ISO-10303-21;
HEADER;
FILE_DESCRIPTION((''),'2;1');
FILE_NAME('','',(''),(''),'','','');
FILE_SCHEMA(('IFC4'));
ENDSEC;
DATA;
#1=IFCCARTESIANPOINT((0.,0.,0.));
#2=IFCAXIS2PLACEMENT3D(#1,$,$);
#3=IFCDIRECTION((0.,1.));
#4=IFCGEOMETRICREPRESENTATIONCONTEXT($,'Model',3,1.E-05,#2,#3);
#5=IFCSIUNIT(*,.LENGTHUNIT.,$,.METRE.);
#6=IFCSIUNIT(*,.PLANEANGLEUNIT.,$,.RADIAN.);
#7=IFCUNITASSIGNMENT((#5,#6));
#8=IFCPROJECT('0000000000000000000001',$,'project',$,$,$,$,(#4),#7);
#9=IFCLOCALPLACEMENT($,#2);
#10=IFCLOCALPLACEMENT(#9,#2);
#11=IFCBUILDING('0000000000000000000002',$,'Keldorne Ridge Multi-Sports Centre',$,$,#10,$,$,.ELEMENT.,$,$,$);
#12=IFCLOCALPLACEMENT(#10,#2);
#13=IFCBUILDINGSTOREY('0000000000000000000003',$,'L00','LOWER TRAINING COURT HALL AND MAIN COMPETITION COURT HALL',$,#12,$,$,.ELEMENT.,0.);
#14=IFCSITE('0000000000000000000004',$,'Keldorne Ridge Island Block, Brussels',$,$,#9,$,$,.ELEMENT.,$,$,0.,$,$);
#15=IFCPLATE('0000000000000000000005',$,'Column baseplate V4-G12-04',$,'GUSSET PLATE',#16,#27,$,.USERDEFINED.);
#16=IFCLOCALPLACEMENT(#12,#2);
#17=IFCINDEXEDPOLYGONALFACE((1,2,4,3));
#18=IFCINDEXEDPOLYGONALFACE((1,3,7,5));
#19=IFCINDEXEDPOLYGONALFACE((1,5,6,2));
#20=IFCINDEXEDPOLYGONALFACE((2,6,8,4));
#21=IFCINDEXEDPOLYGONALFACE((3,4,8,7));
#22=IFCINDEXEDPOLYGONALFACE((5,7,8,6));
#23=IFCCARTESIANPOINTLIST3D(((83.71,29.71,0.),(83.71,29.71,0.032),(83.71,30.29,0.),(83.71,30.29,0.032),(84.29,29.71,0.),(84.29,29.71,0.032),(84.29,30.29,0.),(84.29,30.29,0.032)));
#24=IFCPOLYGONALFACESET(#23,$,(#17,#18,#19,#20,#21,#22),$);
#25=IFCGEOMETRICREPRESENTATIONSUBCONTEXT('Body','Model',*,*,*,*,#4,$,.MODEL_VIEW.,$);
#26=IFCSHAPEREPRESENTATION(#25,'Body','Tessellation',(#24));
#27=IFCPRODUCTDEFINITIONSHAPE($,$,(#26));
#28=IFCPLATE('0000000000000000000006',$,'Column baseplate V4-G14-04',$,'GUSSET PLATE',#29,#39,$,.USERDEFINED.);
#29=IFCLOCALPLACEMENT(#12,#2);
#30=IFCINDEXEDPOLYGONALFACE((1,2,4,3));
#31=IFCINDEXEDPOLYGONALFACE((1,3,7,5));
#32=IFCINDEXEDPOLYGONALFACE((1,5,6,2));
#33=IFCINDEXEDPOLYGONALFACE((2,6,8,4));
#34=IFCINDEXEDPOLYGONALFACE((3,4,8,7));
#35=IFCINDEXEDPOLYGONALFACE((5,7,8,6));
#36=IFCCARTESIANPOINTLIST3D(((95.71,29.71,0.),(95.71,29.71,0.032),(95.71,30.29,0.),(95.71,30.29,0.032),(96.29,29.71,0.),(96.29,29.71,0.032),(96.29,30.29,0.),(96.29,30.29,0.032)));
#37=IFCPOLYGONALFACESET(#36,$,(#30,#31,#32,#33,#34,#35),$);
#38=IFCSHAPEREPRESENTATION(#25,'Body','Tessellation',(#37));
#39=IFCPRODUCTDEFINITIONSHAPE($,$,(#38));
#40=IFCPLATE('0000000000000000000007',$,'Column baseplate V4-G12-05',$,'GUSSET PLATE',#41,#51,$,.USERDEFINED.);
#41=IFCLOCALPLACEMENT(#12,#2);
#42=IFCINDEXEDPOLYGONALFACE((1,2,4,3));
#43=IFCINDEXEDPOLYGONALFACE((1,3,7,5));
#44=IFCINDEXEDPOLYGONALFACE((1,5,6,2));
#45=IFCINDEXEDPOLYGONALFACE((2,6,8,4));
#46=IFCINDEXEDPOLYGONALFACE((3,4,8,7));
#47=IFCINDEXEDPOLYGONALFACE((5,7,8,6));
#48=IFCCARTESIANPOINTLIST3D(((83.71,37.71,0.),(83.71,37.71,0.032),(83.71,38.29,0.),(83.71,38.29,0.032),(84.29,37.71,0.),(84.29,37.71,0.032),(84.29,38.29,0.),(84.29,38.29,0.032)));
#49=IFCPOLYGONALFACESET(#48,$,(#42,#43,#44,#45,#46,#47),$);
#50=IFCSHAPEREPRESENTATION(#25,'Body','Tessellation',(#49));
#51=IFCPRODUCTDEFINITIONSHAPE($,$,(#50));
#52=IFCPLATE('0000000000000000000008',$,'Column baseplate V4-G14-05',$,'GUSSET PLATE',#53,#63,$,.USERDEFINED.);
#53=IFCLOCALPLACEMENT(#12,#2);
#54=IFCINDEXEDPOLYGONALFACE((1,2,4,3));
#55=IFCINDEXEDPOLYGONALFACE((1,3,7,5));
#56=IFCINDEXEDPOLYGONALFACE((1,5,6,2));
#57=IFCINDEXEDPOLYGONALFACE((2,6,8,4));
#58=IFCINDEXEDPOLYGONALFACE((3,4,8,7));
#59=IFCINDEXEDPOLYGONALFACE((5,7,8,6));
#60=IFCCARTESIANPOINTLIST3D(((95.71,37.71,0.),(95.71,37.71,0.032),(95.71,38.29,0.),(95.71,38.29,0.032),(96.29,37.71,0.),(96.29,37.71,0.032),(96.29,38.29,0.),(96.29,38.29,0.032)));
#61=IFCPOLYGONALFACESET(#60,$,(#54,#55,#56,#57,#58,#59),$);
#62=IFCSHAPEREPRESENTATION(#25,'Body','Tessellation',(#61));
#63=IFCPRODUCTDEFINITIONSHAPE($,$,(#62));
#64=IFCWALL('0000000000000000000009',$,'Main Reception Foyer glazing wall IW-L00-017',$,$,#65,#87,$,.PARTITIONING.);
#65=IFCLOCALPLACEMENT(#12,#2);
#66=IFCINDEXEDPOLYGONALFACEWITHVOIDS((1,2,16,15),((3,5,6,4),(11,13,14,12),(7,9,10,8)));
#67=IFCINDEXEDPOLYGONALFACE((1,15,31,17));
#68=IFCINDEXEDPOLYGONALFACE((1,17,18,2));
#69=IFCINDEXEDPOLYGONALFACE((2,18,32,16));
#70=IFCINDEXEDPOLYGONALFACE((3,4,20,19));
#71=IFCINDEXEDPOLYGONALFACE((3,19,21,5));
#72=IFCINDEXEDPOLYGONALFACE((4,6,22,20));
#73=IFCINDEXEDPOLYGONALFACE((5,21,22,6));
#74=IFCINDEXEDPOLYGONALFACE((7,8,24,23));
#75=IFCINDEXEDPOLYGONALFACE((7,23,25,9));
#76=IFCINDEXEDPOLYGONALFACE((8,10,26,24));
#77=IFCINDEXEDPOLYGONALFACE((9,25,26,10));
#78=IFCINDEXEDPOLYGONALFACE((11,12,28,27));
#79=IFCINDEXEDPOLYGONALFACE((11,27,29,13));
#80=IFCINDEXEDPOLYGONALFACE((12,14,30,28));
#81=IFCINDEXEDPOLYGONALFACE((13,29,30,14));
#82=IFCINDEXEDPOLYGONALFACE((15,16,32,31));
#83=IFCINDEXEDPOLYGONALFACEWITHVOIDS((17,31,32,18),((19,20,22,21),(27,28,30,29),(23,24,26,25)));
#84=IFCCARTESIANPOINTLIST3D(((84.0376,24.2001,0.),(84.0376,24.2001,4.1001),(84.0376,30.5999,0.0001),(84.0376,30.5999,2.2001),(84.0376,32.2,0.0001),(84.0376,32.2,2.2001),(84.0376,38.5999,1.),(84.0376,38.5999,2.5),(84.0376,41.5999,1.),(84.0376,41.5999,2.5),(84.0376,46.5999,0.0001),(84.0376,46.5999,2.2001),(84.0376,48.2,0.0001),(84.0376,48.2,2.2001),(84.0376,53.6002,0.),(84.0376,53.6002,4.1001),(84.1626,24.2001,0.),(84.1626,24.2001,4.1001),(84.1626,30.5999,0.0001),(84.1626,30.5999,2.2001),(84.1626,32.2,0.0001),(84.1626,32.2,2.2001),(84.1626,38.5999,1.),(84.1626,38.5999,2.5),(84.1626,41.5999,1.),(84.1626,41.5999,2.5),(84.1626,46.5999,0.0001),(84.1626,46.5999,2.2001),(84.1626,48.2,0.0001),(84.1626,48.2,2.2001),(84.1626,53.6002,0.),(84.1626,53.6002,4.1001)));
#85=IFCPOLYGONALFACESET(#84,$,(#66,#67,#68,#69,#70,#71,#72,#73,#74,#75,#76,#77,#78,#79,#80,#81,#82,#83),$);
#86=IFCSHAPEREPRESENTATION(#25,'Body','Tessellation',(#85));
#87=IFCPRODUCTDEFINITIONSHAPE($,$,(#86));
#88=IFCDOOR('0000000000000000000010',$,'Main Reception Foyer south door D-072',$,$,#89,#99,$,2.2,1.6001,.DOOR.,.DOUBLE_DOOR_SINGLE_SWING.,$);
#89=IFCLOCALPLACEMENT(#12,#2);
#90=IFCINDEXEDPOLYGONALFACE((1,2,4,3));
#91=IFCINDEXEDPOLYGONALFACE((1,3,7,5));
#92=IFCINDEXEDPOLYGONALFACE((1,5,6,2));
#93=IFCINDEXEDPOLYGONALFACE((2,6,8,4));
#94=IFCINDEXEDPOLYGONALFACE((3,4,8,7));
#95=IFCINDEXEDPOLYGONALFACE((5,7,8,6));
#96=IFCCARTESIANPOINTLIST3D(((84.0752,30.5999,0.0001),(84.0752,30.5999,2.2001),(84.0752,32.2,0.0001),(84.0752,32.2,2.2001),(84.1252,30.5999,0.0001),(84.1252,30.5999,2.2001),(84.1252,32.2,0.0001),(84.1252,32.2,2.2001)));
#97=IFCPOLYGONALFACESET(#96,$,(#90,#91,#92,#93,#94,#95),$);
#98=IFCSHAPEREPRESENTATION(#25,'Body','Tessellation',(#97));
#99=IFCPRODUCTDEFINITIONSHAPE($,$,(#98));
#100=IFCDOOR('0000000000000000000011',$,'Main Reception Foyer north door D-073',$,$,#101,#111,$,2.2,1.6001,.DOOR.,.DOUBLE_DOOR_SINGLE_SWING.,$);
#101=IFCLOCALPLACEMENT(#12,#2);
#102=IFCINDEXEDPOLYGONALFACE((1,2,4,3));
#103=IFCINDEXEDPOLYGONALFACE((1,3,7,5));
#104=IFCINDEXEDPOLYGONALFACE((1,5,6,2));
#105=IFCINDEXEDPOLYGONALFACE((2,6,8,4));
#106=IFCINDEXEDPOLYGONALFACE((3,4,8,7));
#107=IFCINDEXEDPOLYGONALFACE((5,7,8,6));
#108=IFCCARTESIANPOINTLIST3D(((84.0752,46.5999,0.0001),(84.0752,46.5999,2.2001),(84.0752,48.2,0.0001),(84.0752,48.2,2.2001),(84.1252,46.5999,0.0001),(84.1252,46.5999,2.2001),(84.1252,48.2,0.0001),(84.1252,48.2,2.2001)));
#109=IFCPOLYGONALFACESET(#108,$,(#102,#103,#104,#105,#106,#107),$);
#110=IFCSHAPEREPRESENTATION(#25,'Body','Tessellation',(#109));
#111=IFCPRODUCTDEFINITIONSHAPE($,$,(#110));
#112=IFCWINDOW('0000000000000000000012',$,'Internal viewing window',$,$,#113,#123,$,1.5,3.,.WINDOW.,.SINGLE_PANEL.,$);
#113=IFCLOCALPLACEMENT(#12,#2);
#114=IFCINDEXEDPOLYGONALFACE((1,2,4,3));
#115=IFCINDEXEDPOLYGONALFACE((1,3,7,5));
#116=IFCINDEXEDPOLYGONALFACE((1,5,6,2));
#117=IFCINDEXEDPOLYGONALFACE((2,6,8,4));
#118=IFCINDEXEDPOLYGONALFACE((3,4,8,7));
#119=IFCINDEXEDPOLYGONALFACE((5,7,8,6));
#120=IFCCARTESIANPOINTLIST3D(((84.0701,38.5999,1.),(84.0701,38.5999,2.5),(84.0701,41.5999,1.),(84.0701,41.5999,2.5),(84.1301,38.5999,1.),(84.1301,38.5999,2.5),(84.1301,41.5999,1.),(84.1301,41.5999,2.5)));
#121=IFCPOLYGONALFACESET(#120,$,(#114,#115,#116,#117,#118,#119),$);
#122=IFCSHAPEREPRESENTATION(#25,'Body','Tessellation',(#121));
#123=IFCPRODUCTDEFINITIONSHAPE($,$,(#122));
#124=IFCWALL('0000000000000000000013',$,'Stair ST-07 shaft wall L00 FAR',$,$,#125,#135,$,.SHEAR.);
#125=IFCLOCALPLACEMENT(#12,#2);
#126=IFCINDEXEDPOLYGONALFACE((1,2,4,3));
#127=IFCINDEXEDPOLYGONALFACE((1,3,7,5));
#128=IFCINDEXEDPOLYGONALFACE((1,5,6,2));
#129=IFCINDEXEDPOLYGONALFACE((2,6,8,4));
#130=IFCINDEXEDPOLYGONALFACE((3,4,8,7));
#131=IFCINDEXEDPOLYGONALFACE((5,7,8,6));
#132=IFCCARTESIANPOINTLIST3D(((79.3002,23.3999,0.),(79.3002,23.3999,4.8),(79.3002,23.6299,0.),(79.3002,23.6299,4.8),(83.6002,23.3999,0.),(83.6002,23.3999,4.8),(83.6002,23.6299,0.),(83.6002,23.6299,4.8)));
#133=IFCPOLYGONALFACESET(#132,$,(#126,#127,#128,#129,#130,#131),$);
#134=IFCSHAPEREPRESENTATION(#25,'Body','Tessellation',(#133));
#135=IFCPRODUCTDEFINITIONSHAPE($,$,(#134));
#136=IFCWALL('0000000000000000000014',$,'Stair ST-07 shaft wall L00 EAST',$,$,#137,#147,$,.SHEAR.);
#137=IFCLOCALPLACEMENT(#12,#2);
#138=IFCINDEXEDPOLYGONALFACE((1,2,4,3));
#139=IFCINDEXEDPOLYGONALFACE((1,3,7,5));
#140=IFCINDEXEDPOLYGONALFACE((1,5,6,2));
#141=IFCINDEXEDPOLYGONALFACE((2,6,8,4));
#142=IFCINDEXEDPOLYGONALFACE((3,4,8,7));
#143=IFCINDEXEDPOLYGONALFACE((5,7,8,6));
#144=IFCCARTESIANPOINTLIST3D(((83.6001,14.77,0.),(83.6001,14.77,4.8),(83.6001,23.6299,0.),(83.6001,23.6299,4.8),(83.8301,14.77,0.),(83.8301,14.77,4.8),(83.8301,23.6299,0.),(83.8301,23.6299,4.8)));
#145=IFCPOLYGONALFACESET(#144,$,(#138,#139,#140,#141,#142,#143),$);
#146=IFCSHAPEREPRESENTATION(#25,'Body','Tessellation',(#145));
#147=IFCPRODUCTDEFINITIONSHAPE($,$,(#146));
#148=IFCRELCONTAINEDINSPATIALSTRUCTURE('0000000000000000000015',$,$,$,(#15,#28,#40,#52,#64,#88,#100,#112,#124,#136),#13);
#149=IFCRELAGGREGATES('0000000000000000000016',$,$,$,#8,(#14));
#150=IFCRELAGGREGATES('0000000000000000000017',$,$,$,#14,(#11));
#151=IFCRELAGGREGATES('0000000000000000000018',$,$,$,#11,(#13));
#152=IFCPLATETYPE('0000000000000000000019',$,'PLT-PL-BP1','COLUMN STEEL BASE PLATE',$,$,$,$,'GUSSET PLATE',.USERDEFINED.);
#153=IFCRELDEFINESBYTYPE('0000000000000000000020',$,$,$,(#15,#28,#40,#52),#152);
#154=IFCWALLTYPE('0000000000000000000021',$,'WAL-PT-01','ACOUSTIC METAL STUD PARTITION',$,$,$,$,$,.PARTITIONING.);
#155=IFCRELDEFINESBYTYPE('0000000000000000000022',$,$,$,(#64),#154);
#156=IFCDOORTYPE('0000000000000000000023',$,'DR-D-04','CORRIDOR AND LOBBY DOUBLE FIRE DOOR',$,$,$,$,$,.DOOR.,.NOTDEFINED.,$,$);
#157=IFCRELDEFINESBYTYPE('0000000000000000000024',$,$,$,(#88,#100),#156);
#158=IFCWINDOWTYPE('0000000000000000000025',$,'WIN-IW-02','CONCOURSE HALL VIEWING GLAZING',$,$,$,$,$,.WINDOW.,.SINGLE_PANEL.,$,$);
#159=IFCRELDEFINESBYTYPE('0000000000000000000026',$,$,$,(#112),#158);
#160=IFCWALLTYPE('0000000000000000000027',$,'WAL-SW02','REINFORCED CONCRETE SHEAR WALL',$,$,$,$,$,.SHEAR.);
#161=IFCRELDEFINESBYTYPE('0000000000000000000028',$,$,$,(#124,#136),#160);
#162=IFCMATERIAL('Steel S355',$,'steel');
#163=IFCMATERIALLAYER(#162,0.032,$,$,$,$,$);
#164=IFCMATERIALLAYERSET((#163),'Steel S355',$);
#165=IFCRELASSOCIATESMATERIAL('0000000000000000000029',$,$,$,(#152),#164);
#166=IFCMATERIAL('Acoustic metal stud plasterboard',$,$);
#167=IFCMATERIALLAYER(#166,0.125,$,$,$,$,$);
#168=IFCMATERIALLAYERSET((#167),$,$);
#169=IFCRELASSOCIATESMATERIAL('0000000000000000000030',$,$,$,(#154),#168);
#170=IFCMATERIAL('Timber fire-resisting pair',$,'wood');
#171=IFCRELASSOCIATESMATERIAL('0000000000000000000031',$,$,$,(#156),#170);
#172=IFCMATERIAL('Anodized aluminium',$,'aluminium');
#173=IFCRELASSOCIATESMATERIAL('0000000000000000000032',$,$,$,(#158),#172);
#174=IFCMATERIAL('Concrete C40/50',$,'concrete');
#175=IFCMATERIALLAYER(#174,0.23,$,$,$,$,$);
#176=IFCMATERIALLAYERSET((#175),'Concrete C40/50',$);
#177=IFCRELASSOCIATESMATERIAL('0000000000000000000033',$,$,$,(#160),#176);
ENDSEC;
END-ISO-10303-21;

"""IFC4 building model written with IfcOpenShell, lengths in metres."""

from ifc_helpers import new_model, si_unit, direction, frame, frame_2d, origin, origin_2d, place, context, subcontext, project, spatial, rectangle, extrude, material, layer, layer_set, type_object, element, fill, save


model = new_model("IFC4")

# Units and contexts
model_context = context("Model", 3, precision=1e-05, world=origin(), true_north=direction((0.0, 1.0)))
body_context = subcontext(model_context, "Body", "Model", "MODEL_VIEW")
ifc_project = project(units=[si_unit("LENGTHUNIT", "METRE"), si_unit("PLANEANGLEUNIT", "RADIAN")], contexts=[model_context])

# Site, building, storey
site_placement = place(None, origin())
site = spatial("IfcSite", under=ifc_project, at=site_placement, Name="Keldorne Ridge Island Block, Brussels", CompositionType="ELEMENT", RefElevation=0.0)
building_placement = place(site_placement, origin())
building = spatial("IfcBuilding", under=site, at=building_placement, Name="Keldorne Ridge Multi-Sports Centre", CompositionType="ELEMENT")
storey_placement = place(building_placement, origin())
storey = spatial("IfcBuildingStorey", under=building, at=storey_placement, Name="L00", Description="LOWER TRAINING COURT HALL AND MAIN COMPETITION COURT HALL", CompositionType="ELEMENT", Elevation=0.0)

# Shared definitions
ifc_material_1 = material(Name="Steel S355", Category="steel")

# Plates
ifc_layer_1 = layer(ifc_material_1, 0.032)
ifc_layer_set_1 = layer_set([ifc_layer_1], Name="Steel S355")
plate_type = type_object("IfcPlateType", Name="PLT-PL-BP1", Description="COLUMN STEEL BASE PLATE", ElementType="GUSSET PLATE", PredefinedType="USERDEFINED", material=ifc_layer_set_1)
for number, where, z_axis, x_axis, name in (
    (1, (84.0, 30.0, 0.0), (0.0, 0.0, 1.0), (1.0, 0.0, 0.0), "Column baseplate V4-G12-04"),
    (2, (96.0, 30.0, 0.0), (0.0, 0.0, 1.0), (1.0, 0.0, 0.0), "Column baseplate V4-G14-04"),
    (3, (84.0, 38.0, 0.0), (0.0, 0.0, 1.0), (1.0, 0.0, 0.0), "Column baseplate V4-G12-05"),
    (4, (96.0, 38.0, 0.0), (0.0, 0.0, 1.0), (1.0, 0.0, 0.0), "Column baseplate V4-G14-05"),
):
    element("IfcPlate", number, at=place(storey_placement, frame(where, z_axis=z_axis, x_axis=x_axis)), inside=storey, type_object=plate_type, Name=name, ObjectType="GUSSET PLATE", PredefinedType="USERDEFINED", context=body_context, shape_type="SweptSolid", body=[
        extrude(rectangle(XDim=0.5801, YDim=0.5801, at=origin_2d()), origin(), (0.0, 0.0, 1.0), 0.032),
    ])

# Wall, openings, doors, window
ifc_material_2 = material(Name="Acoustic metal stud plasterboard")
ifc_layer_2 = layer(ifc_material_2, 0.125)
ifc_layer_set_2 = layer_set([ifc_layer_2])
wall_type_1 = type_object("IfcWallType", Name="WAL-PT-01", Description="ACOUSTIC METAL STUD PARTITION", PredefinedType="PARTITIONING", material=ifc_layer_set_2)
wall_1_placement = place(storey_placement, frame((84.1001, 24.2, 0.0), z_axis=(0.0, 0.0, 1.0), x_axis=(0.0, 1.0, 0.0)))
wall_1 = element("IfcWall", 5, at=wall_1_placement, inside=storey, type_object=wall_type_1, Name="Main Reception Foyer glazing wall IW-L00-017", PredefinedType="PARTITIONING", context=body_context, shape_type="SweptSolid", body=[
    extrude(rectangle(XDim=29.4001, YDim=0.125, at=frame_2d((14.7002, 0.0))), origin(), (0.0, 0.0, 1.0), 4.1001),
])
opening_1_placement = place(wall_1_placement, frame((6.3999, 0.0, 0.0)))
opening_1 = element("IfcOpeningElement", 6, at=opening_1_placement, cuts=wall_1, PredefinedType="OPENING", context=body_context, shape_type="SweptSolid", body=[
    extrude(rectangle(XDim=1.6001, YDim=2.2, at=frame_2d((0.8, 1.1001))), frame((0.0, 0.0725, 0.0), z_axis=(0.0, -1.0, 0.0), x_axis=(1.0, 0.0, 0.0)), (0.0, 0.0, 1.0), 0.145),
])
opening_2_placement = place(wall_1_placement, frame((22.3999, 0.0, 0.0)))
opening_2 = element("IfcOpeningElement", 7, at=opening_2_placement, cuts=wall_1, PredefinedType="OPENING", context=body_context, shape_type="SweptSolid", body=[
    extrude(rectangle(XDim=1.6001, YDim=2.2, at=frame_2d((0.8, 1.1001))), frame((0.0, 0.0725, 0.0), z_axis=(0.0, -1.0, 0.0), x_axis=(1.0, 0.0, 0.0)), (0.0, 0.0, 1.0), 0.145),
])
opening_3_placement = place(wall_1_placement, frame((14.3999, 0.0, 1.0)))
opening_3 = element("IfcOpeningElement", 8, at=opening_3_placement, cuts=wall_1, PredefinedType="OPENING", context=body_context, shape_type="SweptSolid", body=[
    extrude(rectangle(XDim=3.0, YDim=1.5, at=frame_2d((1.5, 0.75))), frame((0.0, 0.0725, 0.0), z_axis=(0.0, -1.0, 0.0), x_axis=(1.0, 0.0, 0.0)), (0.0, 0.0, 1.0), 0.145),
])
ifc_material_3 = material(Name="Timber fire-resisting pair", Category="wood")
door_type = type_object("IfcDoorType", Name="DR-D-04", Description="CORRIDOR AND LOBBY DOUBLE FIRE DOOR", OperationType="NOTDEFINED", PredefinedType="DOOR", material=ifc_material_3)
door_1_placement = place(opening_1_placement, origin())
door_1 = element("IfcDoor", 9, at=door_1_placement, inside=storey, type_object=door_type, Name="Main Reception Foyer south door D-072", OperationType="DOUBLE_DOOR_SINGLE_SWING", OverallHeight=2.2, OverallWidth=1.6001, PredefinedType="DOOR", context=body_context, shape_type="SweptSolid", body=[
    extrude(rectangle(XDim=1.6001, YDim=2.2, at=frame_2d((0.8, 1.1001))), frame((0.0, 0.0249, 0.0), z_axis=(0.0, -1.0, 0.0), x_axis=(1.0, 0.0, 0.0)), (0.0, 0.0, 1.0), 0.05),
])
fill(opening_1, door_1)
door_2_placement = place(opening_2_placement, origin())
door_2 = element("IfcDoor", 10, at=door_2_placement, inside=storey, type_object=door_type, Name="Main Reception Foyer north door D-073", OperationType="DOUBLE_DOOR_SINGLE_SWING", OverallHeight=2.2, OverallWidth=1.6001, PredefinedType="DOOR", context=body_context, shape_type="SweptSolid", body=[
    extrude(rectangle(XDim=1.6001, YDim=2.2, at=frame_2d((0.8, 1.1001))), frame((0.0, 0.0249, 0.0), z_axis=(0.0, -1.0, 0.0), x_axis=(1.0, 0.0, 0.0)), (0.0, 0.0, 1.0), 0.05),
])
fill(opening_2, door_2)
ifc_material_4 = material(Name="Anodized aluminium", Category="aluminium")
window_type = type_object("IfcWindowType", Name="WIN-IW-02", Description="CONCOURSE HALL VIEWING GLAZING", PartitioningType="SINGLE_PANEL", PredefinedType="WINDOW", material=ifc_material_4)
window_placement = place(opening_3_placement, origin())
window = element("IfcWindow", 11, at=window_placement, inside=storey, type_object=window_type, Name="Internal viewing window", OverallHeight=1.5, OverallWidth=3.0, PartitioningType="SINGLE_PANEL", PredefinedType="WINDOW", context=body_context, shape_type="SweptSolid", body=[
    extrude(rectangle(XDim=3.0, YDim=1.5, at=frame_2d((1.5, 0.75))), frame((0.0, 0.03, 0.0), z_axis=(0.0, -1.0, 0.0), x_axis=(1.0, 0.0, 0.0)), (0.0, 0.0, 1.0), 0.0601),
])
fill(opening_3, window)

# Walls
ifc_material_5 = material(Name="Concrete C40/50", Category="concrete")
ifc_layer_3 = layer(ifc_material_5, 0.23)
ifc_layer_set_3 = layer_set([ifc_layer_3], Name="Concrete C40/50")
wall_type_2 = type_object("IfcWallType", Name="WAL-SW02", Description="REINFORCED CONCRETE SHEAR WALL", PredefinedType="SHEAR", material=ifc_layer_set_3)
wall_2_placement = place(storey_placement, frame((83.6001, 23.5149, 0.0), z_axis=(0.0, 0.0, 1.0), x_axis=(-1.0, 0.0, 0.0)))
element("IfcWall", 12, at=wall_2_placement, inside=storey, type_object=wall_type_2, Name="Stair ST-07 shaft wall L00 FAR", PredefinedType="SHEAR", context=body_context, shape_type="SweptSolid", body=[
    extrude(rectangle(XDim=4.3, YDim=0.23, at=frame_2d((2.1499, 0.0))), origin(), (0.0, 0.0, 1.0), 4.8),
])
wall_3_placement = place(storey_placement, frame((83.7151, 23.6299, 0.0), z_axis=(0.0, 0.0, 1.0), x_axis=(0.0, -1.0, 0.0)))
element("IfcWall", 13, at=wall_3_placement, inside=storey, type_object=wall_type_2, Name="Stair ST-07 shaft wall L00 EAST", PredefinedType="SHEAR", context=body_context, shape_type="SweptSolid", body=[
    extrude(rectangle(XDim=8.8599, YDim=0.23, at=frame_2d((4.4299, 0.0))), origin(), (0.0, 0.0, 1.0), 4.8),
])

save(model, "model.ifc")
